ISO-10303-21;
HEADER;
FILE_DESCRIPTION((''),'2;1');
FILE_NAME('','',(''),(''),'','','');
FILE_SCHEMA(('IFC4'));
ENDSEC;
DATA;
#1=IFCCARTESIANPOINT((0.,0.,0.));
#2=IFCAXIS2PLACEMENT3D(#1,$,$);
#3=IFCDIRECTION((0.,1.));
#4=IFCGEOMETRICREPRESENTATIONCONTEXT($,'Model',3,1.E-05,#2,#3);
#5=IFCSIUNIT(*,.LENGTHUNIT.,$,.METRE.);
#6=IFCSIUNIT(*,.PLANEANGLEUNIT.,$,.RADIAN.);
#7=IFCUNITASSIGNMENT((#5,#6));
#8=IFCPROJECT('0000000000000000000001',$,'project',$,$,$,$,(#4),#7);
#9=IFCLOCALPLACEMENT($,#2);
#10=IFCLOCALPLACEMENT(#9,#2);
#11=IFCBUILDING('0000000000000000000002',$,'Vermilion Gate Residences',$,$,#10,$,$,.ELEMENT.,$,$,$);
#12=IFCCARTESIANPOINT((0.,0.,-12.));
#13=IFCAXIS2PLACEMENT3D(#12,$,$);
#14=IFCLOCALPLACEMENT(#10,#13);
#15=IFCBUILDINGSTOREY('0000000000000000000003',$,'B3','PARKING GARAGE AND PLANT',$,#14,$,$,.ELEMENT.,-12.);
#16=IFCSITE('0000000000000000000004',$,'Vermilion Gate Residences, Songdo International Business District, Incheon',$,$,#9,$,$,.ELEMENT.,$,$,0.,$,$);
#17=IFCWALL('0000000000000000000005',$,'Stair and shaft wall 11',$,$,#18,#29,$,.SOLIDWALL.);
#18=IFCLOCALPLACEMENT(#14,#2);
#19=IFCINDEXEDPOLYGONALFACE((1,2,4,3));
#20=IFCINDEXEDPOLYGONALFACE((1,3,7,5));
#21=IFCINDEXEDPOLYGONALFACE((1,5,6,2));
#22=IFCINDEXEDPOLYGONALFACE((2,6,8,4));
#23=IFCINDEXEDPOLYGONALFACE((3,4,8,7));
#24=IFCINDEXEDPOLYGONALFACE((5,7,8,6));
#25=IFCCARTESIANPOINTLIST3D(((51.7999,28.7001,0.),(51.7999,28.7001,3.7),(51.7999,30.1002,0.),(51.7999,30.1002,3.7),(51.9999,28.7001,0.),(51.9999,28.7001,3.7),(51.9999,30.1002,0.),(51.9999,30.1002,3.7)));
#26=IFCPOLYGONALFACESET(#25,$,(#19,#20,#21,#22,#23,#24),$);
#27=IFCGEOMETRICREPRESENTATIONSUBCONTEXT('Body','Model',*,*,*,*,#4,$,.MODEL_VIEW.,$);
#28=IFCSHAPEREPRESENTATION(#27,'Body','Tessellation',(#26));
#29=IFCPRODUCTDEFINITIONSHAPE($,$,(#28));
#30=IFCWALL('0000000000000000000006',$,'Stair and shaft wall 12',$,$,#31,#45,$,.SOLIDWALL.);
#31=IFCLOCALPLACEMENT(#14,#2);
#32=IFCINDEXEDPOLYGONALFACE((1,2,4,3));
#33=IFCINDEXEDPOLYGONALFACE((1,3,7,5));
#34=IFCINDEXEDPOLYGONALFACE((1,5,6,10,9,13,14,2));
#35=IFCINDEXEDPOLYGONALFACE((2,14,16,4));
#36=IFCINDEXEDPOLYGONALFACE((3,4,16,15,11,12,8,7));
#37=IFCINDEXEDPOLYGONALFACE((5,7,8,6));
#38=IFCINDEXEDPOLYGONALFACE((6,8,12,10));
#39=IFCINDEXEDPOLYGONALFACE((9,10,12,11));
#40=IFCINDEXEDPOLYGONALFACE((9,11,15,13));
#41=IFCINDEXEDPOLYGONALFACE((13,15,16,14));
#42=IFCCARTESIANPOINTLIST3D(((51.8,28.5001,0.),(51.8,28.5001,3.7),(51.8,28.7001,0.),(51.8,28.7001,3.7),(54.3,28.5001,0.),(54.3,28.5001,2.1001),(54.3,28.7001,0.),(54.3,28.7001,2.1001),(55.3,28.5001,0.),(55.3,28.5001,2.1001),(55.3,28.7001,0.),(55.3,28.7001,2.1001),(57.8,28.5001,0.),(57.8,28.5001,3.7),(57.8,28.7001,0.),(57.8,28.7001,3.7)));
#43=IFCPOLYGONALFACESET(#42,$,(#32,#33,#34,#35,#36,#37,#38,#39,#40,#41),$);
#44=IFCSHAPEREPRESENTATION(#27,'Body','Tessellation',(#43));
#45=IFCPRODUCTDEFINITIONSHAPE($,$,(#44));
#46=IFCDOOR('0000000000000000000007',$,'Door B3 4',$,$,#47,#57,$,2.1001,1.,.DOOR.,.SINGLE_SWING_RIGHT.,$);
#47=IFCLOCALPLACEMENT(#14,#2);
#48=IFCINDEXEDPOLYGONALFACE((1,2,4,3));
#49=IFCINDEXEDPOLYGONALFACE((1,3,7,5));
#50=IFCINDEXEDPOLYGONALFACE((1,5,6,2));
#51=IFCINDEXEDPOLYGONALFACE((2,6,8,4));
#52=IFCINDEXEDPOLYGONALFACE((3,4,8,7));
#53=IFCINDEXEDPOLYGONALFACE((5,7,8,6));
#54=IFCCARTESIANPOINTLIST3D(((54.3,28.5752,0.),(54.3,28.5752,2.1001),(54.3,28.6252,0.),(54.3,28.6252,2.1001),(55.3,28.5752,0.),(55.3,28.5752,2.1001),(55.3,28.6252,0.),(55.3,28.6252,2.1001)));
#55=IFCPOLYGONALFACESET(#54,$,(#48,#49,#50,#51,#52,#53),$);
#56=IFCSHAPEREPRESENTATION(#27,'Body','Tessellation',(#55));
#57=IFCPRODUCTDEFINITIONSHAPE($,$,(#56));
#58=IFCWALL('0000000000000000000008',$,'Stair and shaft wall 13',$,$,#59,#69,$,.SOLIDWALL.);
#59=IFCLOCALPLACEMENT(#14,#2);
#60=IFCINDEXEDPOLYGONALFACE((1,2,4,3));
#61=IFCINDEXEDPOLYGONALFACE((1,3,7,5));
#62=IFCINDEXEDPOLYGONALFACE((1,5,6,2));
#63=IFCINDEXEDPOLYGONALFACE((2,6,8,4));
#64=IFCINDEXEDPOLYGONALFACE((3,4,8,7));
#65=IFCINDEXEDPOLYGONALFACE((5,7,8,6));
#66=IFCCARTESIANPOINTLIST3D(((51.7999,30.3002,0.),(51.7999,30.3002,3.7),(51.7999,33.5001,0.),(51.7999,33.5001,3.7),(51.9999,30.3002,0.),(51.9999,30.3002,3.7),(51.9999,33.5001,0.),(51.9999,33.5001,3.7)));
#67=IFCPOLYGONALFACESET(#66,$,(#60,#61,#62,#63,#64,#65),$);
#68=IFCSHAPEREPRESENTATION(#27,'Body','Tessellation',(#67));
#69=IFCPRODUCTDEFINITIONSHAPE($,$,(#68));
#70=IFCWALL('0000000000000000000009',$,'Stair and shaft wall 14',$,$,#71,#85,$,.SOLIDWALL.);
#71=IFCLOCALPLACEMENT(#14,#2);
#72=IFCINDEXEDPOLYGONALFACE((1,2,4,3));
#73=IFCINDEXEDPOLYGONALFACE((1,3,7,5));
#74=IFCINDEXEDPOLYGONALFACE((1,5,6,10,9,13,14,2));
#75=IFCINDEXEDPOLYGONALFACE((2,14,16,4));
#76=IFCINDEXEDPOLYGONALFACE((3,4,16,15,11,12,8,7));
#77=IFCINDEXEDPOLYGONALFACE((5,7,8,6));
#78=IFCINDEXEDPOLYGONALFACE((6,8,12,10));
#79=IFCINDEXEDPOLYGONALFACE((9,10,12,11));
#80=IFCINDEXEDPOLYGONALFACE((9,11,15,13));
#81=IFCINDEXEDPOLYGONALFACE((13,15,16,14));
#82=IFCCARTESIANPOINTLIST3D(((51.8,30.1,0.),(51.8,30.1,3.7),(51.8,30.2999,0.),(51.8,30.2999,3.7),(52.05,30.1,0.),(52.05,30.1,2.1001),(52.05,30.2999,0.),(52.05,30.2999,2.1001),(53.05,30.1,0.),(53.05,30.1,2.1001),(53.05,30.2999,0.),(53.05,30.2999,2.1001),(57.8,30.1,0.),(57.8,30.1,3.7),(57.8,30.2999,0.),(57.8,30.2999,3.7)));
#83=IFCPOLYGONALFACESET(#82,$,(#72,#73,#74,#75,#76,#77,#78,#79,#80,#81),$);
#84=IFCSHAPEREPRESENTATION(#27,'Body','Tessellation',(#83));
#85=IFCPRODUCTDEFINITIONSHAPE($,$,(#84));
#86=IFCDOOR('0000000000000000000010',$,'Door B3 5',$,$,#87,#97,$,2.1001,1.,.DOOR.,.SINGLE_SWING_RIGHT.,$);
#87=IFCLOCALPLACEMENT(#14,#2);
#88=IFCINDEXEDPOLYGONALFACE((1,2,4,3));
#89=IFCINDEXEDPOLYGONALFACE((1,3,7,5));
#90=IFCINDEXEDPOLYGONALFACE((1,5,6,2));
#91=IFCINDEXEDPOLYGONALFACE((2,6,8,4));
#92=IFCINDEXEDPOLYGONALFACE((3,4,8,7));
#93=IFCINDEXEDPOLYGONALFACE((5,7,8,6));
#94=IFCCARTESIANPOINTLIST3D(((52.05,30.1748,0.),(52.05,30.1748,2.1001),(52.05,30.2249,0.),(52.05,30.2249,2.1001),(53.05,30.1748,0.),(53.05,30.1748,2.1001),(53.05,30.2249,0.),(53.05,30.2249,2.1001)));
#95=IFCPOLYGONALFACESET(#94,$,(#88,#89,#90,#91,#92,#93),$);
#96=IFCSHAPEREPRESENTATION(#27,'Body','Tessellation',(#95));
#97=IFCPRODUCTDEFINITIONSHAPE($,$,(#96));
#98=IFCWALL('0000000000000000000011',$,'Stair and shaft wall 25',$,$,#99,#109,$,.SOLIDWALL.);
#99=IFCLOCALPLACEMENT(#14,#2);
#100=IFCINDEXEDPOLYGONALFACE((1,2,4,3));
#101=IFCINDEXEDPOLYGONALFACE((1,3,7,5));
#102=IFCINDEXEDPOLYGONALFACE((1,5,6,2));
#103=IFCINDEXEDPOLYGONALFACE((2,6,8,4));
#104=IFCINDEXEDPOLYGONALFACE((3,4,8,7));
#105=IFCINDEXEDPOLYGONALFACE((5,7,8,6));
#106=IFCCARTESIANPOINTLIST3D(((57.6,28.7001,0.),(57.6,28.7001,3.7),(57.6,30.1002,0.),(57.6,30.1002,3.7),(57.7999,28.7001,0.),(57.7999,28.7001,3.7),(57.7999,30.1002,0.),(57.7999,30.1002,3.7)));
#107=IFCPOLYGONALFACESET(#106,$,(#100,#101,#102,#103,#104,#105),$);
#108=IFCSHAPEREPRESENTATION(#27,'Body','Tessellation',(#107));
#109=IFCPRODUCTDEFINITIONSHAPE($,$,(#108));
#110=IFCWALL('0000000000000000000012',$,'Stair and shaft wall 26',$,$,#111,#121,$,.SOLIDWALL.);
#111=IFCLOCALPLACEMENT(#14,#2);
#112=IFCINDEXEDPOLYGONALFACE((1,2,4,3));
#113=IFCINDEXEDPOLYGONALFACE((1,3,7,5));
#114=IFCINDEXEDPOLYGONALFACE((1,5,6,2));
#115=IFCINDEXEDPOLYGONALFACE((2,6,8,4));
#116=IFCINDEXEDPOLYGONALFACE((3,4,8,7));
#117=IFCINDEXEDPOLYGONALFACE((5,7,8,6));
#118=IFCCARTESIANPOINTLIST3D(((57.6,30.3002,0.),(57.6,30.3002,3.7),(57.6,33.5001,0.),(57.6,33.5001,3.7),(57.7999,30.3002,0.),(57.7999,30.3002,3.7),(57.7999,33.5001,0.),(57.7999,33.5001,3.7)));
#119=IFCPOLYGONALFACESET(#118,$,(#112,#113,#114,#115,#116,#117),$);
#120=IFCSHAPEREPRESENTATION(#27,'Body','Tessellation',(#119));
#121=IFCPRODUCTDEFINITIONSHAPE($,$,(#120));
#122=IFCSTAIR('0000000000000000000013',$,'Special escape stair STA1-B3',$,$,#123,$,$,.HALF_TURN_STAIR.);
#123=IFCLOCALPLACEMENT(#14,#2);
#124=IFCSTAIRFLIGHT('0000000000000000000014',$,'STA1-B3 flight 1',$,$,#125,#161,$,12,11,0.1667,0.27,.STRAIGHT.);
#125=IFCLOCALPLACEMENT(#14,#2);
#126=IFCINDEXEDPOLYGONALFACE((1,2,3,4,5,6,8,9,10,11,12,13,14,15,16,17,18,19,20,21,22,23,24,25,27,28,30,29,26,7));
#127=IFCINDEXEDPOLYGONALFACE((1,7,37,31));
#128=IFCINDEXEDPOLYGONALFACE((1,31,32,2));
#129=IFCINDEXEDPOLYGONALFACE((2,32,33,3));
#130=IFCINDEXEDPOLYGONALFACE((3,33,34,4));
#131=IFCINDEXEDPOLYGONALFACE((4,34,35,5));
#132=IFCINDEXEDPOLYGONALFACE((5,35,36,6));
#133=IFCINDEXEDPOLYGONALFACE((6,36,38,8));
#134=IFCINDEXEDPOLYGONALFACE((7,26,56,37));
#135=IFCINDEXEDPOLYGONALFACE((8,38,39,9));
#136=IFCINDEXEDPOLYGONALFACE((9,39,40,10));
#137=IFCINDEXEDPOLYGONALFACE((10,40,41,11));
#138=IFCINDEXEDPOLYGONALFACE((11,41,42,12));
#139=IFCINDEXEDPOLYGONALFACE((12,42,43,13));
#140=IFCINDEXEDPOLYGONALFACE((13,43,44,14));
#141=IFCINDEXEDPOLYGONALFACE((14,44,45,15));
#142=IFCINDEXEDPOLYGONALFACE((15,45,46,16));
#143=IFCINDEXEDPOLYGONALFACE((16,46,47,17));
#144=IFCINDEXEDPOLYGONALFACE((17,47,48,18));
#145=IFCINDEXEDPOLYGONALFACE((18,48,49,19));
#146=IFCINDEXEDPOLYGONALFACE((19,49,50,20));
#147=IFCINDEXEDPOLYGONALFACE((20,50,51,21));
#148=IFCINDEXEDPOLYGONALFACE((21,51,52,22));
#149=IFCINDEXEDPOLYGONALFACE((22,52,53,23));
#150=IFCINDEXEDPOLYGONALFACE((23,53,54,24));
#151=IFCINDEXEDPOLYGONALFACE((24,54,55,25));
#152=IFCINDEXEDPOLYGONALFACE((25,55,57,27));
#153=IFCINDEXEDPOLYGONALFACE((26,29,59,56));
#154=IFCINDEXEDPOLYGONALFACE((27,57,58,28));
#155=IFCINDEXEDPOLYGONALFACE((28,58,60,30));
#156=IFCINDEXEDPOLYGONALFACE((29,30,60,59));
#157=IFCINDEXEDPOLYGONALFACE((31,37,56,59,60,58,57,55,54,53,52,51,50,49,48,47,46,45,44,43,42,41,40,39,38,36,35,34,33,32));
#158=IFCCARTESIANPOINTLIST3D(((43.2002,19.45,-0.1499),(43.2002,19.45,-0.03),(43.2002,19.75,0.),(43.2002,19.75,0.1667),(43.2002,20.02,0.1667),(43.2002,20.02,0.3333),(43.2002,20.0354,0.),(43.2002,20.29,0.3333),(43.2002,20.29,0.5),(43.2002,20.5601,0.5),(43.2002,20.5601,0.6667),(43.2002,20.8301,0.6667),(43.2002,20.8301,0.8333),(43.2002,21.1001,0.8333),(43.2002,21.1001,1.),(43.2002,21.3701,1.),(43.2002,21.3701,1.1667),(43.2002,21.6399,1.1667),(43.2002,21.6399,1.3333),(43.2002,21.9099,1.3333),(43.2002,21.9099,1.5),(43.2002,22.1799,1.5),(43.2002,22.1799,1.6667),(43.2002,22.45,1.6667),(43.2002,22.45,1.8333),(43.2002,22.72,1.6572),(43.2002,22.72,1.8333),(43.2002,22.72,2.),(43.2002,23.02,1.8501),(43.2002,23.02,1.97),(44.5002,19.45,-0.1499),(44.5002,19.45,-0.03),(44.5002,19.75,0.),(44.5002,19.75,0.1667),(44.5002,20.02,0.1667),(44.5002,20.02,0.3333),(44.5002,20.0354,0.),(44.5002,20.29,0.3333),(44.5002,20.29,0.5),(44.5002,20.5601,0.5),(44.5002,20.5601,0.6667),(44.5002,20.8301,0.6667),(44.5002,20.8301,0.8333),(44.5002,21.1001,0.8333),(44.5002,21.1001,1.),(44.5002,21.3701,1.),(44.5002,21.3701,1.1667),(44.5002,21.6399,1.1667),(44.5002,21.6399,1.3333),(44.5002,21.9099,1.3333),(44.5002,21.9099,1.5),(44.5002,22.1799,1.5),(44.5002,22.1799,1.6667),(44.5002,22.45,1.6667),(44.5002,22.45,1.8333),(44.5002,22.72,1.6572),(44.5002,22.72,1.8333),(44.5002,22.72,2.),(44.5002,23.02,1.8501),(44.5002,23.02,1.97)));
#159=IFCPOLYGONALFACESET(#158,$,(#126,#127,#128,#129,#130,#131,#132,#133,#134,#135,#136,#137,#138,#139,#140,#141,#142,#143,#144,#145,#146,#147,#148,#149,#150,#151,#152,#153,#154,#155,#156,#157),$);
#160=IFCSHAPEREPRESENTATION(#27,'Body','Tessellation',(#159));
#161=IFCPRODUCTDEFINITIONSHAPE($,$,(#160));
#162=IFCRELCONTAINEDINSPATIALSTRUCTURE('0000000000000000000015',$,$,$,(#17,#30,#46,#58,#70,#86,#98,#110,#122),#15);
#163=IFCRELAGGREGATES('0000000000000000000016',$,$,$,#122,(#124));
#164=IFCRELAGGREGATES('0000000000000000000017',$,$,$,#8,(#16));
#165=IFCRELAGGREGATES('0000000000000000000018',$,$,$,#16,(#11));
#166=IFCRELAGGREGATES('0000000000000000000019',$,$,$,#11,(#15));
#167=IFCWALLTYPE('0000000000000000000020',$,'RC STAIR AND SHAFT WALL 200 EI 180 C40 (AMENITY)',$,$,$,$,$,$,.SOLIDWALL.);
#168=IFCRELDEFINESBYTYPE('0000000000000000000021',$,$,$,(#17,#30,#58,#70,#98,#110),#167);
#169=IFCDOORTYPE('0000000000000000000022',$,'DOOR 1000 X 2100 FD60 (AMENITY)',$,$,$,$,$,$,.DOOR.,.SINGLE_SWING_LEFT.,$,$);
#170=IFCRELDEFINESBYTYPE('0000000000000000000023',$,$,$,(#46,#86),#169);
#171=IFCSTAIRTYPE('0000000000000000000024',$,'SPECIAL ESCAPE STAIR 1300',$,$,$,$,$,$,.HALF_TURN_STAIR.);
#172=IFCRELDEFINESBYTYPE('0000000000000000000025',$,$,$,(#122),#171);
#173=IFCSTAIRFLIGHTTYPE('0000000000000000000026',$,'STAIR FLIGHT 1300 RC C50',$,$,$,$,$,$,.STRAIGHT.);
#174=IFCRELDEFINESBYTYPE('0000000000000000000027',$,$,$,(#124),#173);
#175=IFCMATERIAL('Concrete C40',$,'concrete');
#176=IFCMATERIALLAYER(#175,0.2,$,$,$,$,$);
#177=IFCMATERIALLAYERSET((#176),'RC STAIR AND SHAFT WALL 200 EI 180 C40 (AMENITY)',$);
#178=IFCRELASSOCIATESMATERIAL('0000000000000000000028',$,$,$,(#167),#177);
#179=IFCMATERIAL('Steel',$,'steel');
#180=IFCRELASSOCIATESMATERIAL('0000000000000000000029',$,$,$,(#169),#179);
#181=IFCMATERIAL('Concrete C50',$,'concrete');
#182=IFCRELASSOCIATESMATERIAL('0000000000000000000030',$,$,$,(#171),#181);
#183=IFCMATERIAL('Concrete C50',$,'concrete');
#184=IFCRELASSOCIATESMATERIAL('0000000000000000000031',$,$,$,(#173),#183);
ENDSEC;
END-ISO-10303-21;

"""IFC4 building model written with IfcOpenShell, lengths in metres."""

from ifc_helpers import new_model, si_unit, direction, frame, frame_2d, origin, place, context, subcontext, project, spatial, polyline, rectangle, outline, extrude, material, layer, layer_set, type_object, element, fill, aggregate, save


model = new_model("IFC4")

# Units and contexts
model_context = context("Model", 3, precision=1e-05, world=origin(), true_north=direction((0.0, 1.0)))
body_context = subcontext(model_context, "Body", "Model", "MODEL_VIEW")
ifc_project = project(units=[si_unit("LENGTHUNIT", "METRE"), si_unit("PLANEANGLEUNIT", "RADIAN")], contexts=[model_context])

# Site, building, storey
site_placement = place(None, origin())
site = spatial("IfcSite", under=ifc_project, at=site_placement, Name="Vermilion Gate Residences, Songdo International Business District, Incheon", CompositionType="ELEMENT", RefElevation=0.0)
building_placement = place(site_placement, origin())
building = spatial("IfcBuilding", under=site, at=building_placement, Name="Vermilion Gate Residences", CompositionType="ELEMENT")
storey_placement = place(building_placement, frame((0.0, 0.0, -12.0)))
storey = spatial("IfcBuildingStorey", under=building, at=storey_placement, Name="B3", Description="PARKING GARAGE AND PLANT", CompositionType="ELEMENT", Elevation=-12.0)

# Wall
ifc_material_1 = material(Name="Concrete C40", Category="concrete")
ifc_layer_1 = layer(ifc_material_1, 0.2)
ifc_layer_set_1 = layer_set([ifc_layer_1], Name="RC STAIR AND SHAFT WALL 200 EI 180 C40 (AMENITY)")
wall_type_1 = type_object("IfcWallType", Name="RC STAIR AND SHAFT WALL 200 EI 180 C40 (AMENITY)", PredefinedType="SOLIDWALL", material=ifc_layer_set_1)
wall_1_placement = place(storey_placement, frame((51.8999, 28.7, 0.0), z_axis=(0.0, 0.0, 1.0), x_axis=(0.0, 1.0, 0.0)))
element("IfcWall", 1, at=wall_1_placement, inside=storey, type_object=wall_type_1, Name="Stair and shaft wall 11", PredefinedType="SOLIDWALL", context=body_context, shape_type="SweptSolid", body=[
    extrude(rectangle(XDim=1.4001, YDim=0.2, at=frame_2d((0.7002, 0.0))), origin(), (0.0, 0.0, 1.0), 3.7),
])

# Wall, opening, door
wall_2_placement = place(storey_placement, frame((51.8, 28.6001, 0.0), z_axis=(0.0, 0.0, 1.0), x_axis=(1.0, 0.0, 0.0)))
wall_2 = element("IfcWall", 2, at=wall_2_placement, inside=storey, type_object=wall_type_1, Name="Stair and shaft wall 12", PredefinedType="SOLIDWALL", context=body_context, shape_type="SweptSolid", body=[
    extrude(rectangle(XDim=6.0, YDim=0.2, at=frame_2d((3.0, 0.0))), origin(), (0.0, 0.0, 1.0), 3.7),
])
opening_1_placement = place(wall_2_placement, frame((2.5, 0.0, 0.0)))
opening_1 = element("IfcOpeningElement", 3, at=opening_1_placement, cuts=wall_2, PredefinedType="OPENING", context=body_context, shape_type="SweptSolid", body=[
    extrude(rectangle(XDim=1.0, YDim=2.1001, at=frame_2d((0.5, 1.05))), frame((0.0, 0.1099, 0.0), z_axis=(0.0, -1.0, 0.0), x_axis=(1.0, 0.0, 0.0)), (0.0, 0.0, 1.0), 0.22),
])
ifc_material_2 = material(Name="Steel", Category="steel")
door_type_1 = type_object("IfcDoorType", Name="DOOR 1000 X 2100 FD60 (AMENITY)", OperationType="SINGLE_SWING_LEFT", PredefinedType="DOOR", material=ifc_material_2)
door_1_placement = place(opening_1_placement, frame((1.0, 0.0, 0.0), z_axis=(0.0, 0.0, 1.0), x_axis=(-1.0, 0.0, 0.0)))
door_1 = element("IfcDoor", 4, at=door_1_placement, inside=storey, type_object=door_type_1, Name="Door B3 4", OperationType="SINGLE_SWING_RIGHT", OverallHeight=2.1001, OverallWidth=1.0, PredefinedType="DOOR", context=body_context, shape_type="SweptSolid", body=[
    extrude(rectangle(XDim=1.0, YDim=2.1001, at=frame_2d((0.5, 1.05))), frame((0.0, 0.0249, 0.0), z_axis=(0.0, -1.0, 0.0), x_axis=(1.0, 0.0, 0.0)), (0.0, 0.0, 1.0), 0.05),
])
fill(opening_1, door_1)

# Wall
wall_3_placement = place(storey_placement, frame((51.8999, 30.3, 0.0), z_axis=(0.0, 0.0, 1.0), x_axis=(0.0, 1.0, 0.0)))
element("IfcWall", 5, at=wall_3_placement, inside=storey, type_object=wall_type_1, Name="Stair and shaft wall 13", PredefinedType="SOLIDWALL", context=body_context, shape_type="SweptSolid", body=[
    extrude(rectangle(XDim=3.2, YDim=0.2, at=frame_2d((1.6001, 0.0))), origin(), (0.0, 0.0, 1.0), 3.7),
])

# Wall, opening, door
wall_4_placement = place(storey_placement, frame((51.8, 30.2, 0.0), z_axis=(0.0, 0.0, 1.0), x_axis=(1.0, 0.0, 0.0)))
wall_4 = element("IfcWall", 6, at=wall_4_placement, inside=storey, type_object=wall_type_1, Name="Stair and shaft wall 14", PredefinedType="SOLIDWALL", context=body_context, shape_type="SweptSolid", body=[
    extrude(rectangle(XDim=6.0, YDim=0.2, at=frame_2d((3.0, 0.0))), origin(), (0.0, 0.0, 1.0), 3.7),
])
opening_2_placement = place(wall_4_placement, frame((0.25, 0.0, 0.0)))
opening_2 = element("IfcOpeningElement", 7, at=opening_2_placement, cuts=wall_4, PredefinedType="OPENING", context=body_context, shape_type="SweptSolid", body=[
    extrude(rectangle(XDim=1.0, YDim=2.1001, at=frame_2d((0.5, 1.05))), frame((0.0, 0.1099, 0.0), z_axis=(0.0, -1.0, 0.0), x_axis=(1.0, 0.0, 0.0)), (0.0, 0.0, 1.0), 0.22),
])
door_2_placement = place(opening_2_placement, origin())
door_2 = element("IfcDoor", 8, at=door_2_placement, inside=storey, type_object=door_type_1, Name="Door B3 5", OperationType="SINGLE_SWING_RIGHT", OverallHeight=2.1001, OverallWidth=1.0, PredefinedType="DOOR", context=body_context, shape_type="SweptSolid", body=[
    extrude(rectangle(XDim=1.0, YDim=2.1001, at=frame_2d((0.5, 1.05))), frame((0.0, 0.0249, 0.0), z_axis=(0.0, -1.0, 0.0), x_axis=(1.0, 0.0, 0.0)), (0.0, 0.0, 1.0), 0.05),
])
fill(opening_2, door_2)

# Walls
wall_5_placement = place(storey_placement, frame((57.7, 28.7, 0.0), z_axis=(0.0, 0.0, 1.0), x_axis=(0.0, 1.0, 0.0)))
element("IfcWall", 9, at=wall_5_placement, inside=storey, type_object=wall_type_1, Name="Stair and shaft wall 25", PredefinedType="SOLIDWALL", context=body_context, shape_type="SweptSolid", body=[
    extrude(rectangle(XDim=1.4001, YDim=0.2, at=frame_2d((0.7002, 0.0))), origin(), (0.0, 0.0, 1.0), 3.7),
])
wall_6_placement = place(storey_placement, frame((57.7, 30.3, 0.0), z_axis=(0.0, 0.0, 1.0), x_axis=(0.0, 1.0, 0.0)))
element("IfcWall", 10, at=wall_6_placement, inside=storey, type_object=wall_type_1, Name="Stair and shaft wall 26", PredefinedType="SOLIDWALL", context=body_context, shape_type="SweptSolid", body=[
    extrude(rectangle(XDim=3.2, YDim=0.2, at=frame_2d((1.6001, 0.0))), origin(), (0.0, 0.0, 1.0), 3.7),
])

# Stair, stair flight
ifc_material_3 = material(Name="Concrete C50", Category="concrete")
stair_type = type_object("IfcStairType", Name="SPECIAL ESCAPE STAIR 1300", PredefinedType="HALF_TURN_STAIR", material=ifc_material_3)
stair_placement = place(storey_placement, origin())
stair = element("IfcStair", 11, at=stair_placement, inside=storey, type_object=stair_type, Name="Special escape stair STA1-B3", PredefinedType="HALF_TURN_STAIR")
ifc_material_4 = material(Name="Concrete C50", Category="concrete")
stair_flight_type = type_object("IfcStairFlightType", Name="STAIR FLIGHT 1300 RC C50", PredefinedType="STRAIGHT", material=ifc_material_4)
stair_flight_1_placement = place(storey_placement, frame((43.8501, 19.75, 0.0), z_axis=(0.0, 0.0, 1.0), x_axis=(0.0, 1.0, 0.0)))
stair_flight_1 = element("IfcStairFlight", 12, at=stair_flight_1_placement, type_object=stair_flight_type, Name="STA1-B3 flight 1", NumberOfRisers=12, NumberOfTreads=11, PredefinedType="STRAIGHT", RiserHeight=0.1667, TreadLength=0.27, context=body_context, shape_type="SweptSolid", body=[
    extrude(outline(polyline([(-0.3, -0.1499), (-0.3, -0.03), (0.0, 0.0), (0.0, 0.1667), (0.27, 0.1667), (0.27, 0.3333), (0.54, 0.3333), (0.54, 0.5), (0.8101, 0.5), (0.8101, 0.6667), (1.0801, 0.6667), (1.0801, 0.8333), (1.3501, 0.8333), (1.3501, 1.0), (1.6201, 1.0), (1.6201, 1.1667), (1.8899, 1.1667), (1.8899, 1.3333), (2.1599, 1.3333), (2.1599, 1.5), (2.4299, 1.5), (2.4299, 1.6667), (2.7, 1.6667), (2.7, 1.8333), (2.97, 1.8333), (2.97, 2.0), (3.27, 1.97), (3.27, 1.8501), (2.97, 1.6572), (0.2854, 0.0), (-0.3, -0.1499)])), frame((0.0, 0.6499, 0.0), z_axis=(0.0, -1.0, 0.0), x_axis=(1.0, 0.0, 0.0)), (0.0, 0.0, 1.0), 1.3),
])
aggregate(stair, [stair_flight_1])

save(model, "model.ifc")
